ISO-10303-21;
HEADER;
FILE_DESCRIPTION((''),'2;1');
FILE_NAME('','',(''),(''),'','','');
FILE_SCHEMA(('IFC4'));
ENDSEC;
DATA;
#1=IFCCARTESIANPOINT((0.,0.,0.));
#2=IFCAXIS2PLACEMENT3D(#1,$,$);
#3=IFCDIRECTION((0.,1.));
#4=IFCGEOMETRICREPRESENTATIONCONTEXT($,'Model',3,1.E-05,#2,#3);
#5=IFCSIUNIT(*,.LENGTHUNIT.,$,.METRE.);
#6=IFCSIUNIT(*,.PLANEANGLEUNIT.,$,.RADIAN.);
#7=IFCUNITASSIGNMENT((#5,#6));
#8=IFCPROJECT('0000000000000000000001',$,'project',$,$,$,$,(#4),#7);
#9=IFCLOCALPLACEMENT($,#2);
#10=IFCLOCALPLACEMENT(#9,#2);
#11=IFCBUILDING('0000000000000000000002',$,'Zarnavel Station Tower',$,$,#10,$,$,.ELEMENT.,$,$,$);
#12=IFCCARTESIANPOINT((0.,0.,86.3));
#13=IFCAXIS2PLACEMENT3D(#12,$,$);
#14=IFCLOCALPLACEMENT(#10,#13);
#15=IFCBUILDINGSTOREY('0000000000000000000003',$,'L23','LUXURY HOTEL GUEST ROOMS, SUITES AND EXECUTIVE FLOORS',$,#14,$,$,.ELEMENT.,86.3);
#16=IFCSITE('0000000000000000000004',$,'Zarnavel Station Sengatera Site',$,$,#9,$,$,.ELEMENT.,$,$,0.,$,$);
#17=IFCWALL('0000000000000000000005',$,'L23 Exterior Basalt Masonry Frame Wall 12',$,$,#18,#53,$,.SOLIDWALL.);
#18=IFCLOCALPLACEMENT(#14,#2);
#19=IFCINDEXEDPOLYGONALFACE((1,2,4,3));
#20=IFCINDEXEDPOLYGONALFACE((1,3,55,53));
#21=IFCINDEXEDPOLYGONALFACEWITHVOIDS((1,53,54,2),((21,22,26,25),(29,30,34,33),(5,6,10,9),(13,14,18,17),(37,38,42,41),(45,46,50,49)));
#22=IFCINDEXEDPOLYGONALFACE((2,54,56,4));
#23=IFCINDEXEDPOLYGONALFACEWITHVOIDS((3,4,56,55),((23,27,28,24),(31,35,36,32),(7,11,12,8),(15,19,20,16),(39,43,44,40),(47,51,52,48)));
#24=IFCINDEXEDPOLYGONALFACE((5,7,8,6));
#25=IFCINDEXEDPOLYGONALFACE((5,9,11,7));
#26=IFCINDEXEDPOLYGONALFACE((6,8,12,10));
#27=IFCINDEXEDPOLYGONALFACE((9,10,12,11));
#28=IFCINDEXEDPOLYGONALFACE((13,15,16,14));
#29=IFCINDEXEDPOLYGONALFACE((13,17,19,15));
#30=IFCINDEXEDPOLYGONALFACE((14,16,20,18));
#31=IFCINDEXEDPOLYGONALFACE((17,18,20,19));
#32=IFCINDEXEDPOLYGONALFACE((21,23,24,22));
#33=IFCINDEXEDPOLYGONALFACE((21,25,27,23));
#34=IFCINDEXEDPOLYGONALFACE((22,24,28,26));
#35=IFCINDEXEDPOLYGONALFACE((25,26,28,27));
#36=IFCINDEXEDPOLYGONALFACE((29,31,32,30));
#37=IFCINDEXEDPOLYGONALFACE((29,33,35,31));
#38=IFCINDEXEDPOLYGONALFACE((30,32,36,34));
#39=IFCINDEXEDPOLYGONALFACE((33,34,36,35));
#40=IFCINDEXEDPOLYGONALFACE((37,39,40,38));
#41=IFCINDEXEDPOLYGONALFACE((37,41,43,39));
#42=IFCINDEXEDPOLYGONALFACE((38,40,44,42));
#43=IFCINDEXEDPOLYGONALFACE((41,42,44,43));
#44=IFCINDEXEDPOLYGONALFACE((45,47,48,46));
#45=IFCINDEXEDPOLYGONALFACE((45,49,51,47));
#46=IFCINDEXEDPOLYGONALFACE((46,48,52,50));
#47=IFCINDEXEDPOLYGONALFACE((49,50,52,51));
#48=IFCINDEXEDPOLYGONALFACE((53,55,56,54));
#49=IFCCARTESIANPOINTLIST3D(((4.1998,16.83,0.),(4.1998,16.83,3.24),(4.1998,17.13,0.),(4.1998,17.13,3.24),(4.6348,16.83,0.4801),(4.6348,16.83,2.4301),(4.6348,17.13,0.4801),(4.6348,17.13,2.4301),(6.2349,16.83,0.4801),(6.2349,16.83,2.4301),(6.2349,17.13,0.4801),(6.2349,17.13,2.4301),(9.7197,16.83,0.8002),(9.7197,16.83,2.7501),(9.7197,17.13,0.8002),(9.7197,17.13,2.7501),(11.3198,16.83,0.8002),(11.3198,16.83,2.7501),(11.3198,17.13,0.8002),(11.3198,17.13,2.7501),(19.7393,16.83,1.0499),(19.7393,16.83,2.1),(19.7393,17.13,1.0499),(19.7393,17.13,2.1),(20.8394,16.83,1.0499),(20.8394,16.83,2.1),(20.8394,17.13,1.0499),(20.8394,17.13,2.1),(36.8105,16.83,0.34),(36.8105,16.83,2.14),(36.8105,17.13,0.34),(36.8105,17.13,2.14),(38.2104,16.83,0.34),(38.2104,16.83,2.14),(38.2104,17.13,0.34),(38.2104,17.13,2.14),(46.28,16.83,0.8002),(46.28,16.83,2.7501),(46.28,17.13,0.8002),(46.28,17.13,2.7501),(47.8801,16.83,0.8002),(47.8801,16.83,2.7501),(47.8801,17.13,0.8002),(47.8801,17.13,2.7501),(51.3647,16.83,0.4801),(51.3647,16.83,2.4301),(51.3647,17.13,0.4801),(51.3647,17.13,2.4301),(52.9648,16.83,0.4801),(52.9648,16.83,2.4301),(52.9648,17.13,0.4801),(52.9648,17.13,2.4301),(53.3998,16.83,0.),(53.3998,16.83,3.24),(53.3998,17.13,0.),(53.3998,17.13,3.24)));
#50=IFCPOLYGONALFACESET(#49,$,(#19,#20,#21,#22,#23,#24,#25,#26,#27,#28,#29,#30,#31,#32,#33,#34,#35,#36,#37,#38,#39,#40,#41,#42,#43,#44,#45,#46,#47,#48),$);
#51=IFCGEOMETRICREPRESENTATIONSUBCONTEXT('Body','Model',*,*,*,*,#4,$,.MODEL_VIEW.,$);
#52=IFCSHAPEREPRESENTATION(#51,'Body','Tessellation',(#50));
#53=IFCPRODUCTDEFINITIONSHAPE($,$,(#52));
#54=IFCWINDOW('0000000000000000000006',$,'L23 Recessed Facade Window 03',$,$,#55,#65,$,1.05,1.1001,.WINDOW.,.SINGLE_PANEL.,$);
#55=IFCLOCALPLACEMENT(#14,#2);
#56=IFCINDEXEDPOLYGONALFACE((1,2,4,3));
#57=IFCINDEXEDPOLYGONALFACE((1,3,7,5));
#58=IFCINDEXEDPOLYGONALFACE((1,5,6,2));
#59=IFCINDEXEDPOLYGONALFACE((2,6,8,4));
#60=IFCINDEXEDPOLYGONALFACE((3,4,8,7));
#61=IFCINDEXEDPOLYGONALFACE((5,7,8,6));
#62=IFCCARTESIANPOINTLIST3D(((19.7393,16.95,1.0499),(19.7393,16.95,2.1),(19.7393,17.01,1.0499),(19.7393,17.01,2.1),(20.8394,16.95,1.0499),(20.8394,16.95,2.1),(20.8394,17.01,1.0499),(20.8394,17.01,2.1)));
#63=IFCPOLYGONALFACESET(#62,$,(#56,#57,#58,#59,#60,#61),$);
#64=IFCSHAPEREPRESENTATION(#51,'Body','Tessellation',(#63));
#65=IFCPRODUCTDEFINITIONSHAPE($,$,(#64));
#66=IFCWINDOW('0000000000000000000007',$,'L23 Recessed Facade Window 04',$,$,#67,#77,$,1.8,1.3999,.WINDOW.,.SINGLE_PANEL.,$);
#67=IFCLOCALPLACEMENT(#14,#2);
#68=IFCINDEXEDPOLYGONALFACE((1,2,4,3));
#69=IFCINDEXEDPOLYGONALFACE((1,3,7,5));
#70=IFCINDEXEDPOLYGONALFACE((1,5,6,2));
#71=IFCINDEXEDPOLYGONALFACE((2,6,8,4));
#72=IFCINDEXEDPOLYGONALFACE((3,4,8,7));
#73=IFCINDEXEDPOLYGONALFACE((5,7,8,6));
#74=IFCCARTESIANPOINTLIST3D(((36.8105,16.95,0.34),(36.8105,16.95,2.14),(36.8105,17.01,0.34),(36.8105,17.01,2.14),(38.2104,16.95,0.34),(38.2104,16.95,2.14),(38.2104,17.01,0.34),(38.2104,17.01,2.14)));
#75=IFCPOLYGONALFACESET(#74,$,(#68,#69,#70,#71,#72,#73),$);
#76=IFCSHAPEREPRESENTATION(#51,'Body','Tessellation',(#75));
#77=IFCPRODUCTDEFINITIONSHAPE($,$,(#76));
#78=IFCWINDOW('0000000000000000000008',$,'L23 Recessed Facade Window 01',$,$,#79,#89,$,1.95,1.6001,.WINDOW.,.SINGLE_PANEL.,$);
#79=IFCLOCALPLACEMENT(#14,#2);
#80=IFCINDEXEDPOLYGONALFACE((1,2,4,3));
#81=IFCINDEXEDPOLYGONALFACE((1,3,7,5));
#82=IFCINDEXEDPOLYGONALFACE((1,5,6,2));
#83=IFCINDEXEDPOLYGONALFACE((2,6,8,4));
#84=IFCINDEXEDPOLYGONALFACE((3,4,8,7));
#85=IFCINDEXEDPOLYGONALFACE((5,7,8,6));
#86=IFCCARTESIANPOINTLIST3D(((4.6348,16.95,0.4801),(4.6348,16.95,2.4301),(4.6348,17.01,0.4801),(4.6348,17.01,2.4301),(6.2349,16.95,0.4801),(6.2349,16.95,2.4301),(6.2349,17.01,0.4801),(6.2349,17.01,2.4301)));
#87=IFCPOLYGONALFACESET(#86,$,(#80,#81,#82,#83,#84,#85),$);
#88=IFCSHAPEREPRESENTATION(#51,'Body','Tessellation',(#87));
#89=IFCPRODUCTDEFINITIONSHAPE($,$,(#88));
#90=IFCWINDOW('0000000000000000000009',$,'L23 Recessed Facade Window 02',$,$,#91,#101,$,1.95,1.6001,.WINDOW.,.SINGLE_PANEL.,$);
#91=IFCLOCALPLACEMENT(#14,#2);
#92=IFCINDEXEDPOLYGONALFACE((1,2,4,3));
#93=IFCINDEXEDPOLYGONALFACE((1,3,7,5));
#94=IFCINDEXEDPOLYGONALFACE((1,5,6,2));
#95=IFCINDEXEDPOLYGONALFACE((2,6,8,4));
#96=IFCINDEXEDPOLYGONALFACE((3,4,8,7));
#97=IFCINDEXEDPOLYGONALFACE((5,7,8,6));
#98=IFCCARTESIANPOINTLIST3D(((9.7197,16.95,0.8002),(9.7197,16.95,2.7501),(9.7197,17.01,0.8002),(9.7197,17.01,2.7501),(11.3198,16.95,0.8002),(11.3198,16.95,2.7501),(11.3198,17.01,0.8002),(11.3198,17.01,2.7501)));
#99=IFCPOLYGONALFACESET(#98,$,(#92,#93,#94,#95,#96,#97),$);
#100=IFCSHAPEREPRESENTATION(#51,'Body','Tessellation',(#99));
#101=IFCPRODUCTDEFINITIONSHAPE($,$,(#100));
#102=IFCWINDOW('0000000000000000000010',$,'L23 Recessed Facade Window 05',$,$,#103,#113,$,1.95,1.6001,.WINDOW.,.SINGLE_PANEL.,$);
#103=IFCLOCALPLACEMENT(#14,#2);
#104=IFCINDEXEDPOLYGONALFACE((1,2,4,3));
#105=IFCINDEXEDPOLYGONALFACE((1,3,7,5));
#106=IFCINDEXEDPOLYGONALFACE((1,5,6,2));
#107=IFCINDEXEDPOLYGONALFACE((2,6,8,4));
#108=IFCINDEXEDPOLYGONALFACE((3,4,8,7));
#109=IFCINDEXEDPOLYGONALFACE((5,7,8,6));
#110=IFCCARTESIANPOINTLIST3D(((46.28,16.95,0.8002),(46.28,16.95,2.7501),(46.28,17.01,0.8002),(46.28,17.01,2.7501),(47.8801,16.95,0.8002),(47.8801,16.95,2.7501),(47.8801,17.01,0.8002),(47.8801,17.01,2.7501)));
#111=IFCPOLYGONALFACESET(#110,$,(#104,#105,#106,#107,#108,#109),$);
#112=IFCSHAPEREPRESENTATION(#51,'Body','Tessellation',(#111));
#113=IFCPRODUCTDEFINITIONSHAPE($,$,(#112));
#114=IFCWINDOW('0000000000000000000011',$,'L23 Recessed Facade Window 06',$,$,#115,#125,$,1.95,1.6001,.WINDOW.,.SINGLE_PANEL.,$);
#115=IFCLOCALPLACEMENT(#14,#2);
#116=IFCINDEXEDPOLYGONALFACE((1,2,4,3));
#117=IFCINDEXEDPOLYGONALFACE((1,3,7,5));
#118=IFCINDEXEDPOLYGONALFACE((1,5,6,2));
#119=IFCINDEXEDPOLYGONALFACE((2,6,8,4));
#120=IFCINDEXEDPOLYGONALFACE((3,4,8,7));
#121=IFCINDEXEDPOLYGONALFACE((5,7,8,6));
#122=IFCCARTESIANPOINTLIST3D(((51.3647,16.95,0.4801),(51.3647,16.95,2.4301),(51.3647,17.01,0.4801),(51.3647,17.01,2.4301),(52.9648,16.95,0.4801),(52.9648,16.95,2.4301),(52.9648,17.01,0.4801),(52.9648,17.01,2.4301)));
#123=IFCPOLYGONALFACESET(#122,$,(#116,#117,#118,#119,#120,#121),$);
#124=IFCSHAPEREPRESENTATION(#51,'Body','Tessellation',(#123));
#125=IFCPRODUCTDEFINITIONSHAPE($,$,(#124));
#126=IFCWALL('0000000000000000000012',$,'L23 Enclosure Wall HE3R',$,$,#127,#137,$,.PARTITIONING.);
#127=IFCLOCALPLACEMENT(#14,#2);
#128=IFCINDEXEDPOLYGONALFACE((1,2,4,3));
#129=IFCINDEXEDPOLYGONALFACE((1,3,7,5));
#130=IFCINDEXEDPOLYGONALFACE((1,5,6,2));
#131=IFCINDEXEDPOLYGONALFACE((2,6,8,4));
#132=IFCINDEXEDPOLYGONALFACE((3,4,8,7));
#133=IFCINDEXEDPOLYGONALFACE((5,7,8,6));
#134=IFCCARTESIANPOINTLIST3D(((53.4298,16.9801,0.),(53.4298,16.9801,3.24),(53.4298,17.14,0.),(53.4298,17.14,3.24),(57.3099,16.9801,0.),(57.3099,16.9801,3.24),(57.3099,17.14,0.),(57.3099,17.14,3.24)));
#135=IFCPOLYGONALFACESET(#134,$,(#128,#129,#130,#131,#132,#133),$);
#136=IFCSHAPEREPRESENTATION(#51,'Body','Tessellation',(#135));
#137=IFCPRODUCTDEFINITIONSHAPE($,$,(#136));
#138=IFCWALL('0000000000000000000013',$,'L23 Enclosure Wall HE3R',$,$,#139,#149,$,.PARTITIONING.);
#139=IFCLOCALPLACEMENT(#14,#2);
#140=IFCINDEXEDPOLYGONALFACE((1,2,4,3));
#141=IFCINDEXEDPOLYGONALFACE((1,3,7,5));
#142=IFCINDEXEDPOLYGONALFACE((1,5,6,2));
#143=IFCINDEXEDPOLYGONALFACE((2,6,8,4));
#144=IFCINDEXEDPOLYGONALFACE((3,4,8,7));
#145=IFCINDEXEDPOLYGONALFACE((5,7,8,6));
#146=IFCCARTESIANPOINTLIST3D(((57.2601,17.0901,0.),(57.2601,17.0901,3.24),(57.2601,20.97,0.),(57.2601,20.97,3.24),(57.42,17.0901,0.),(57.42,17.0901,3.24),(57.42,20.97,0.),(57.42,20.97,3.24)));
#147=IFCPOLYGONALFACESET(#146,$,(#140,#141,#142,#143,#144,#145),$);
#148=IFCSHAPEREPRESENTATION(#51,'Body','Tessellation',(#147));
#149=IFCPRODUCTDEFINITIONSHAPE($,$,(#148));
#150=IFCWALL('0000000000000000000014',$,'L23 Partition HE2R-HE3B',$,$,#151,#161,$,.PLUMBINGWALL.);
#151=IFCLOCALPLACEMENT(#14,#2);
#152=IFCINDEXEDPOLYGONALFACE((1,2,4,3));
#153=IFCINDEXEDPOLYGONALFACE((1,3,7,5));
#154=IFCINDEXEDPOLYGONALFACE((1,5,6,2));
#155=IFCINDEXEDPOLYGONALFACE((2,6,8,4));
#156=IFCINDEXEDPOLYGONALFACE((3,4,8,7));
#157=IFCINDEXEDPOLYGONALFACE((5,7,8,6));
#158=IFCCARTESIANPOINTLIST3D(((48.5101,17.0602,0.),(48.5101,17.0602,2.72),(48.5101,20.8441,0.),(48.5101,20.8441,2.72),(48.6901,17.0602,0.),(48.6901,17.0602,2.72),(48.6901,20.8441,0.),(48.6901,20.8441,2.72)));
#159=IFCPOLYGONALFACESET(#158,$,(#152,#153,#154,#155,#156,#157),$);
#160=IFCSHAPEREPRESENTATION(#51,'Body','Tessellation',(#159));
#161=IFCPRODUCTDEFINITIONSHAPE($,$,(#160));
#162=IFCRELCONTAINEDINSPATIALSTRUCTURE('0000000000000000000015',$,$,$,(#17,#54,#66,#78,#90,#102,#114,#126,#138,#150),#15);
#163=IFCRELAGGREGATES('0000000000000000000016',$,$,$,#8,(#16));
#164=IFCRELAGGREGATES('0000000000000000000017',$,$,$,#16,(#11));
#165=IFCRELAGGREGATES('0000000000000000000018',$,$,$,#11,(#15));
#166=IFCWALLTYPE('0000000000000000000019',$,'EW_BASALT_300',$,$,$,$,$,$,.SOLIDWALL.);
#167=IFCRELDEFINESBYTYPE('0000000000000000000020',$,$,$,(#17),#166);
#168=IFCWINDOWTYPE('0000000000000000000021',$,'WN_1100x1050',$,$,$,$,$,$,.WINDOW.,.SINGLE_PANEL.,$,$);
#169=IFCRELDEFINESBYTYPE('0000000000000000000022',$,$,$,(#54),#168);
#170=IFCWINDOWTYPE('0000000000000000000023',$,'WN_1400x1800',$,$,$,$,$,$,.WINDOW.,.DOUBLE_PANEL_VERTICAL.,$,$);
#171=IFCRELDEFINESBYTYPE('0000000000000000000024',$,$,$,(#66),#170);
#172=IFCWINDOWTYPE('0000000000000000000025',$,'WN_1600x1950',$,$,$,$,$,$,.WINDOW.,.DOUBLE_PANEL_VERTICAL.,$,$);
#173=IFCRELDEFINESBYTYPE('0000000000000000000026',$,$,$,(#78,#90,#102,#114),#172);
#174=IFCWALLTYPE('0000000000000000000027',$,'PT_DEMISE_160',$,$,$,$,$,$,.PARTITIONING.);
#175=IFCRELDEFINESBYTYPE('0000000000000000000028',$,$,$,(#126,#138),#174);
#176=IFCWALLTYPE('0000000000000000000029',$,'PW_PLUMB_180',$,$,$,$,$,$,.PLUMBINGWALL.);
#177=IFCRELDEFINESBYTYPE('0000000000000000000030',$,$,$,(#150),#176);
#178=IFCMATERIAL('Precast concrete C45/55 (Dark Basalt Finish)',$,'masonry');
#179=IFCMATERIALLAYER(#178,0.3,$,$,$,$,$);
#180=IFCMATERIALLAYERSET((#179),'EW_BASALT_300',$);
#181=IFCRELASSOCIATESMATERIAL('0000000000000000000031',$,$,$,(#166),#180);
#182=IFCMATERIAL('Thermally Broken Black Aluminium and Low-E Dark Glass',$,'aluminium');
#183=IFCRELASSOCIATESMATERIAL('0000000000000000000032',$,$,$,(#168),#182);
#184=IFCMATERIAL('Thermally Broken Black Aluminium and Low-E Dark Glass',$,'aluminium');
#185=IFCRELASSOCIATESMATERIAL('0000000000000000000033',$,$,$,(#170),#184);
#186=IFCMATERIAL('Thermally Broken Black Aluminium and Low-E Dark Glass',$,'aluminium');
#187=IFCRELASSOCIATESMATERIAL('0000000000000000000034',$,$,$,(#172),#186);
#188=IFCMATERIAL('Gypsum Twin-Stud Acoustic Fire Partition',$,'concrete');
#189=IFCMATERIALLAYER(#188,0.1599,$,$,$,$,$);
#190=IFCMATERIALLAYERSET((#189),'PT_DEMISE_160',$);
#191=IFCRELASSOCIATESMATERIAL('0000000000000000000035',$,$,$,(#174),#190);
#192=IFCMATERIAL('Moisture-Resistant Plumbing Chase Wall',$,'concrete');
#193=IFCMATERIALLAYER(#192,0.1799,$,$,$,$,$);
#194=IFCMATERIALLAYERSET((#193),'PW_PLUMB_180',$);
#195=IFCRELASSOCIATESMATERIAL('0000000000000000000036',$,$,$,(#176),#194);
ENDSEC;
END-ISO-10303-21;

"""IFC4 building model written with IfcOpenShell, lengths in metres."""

from ifc_helpers import new_model, si_unit, direction, frame, frame_2d, origin, place, context, subcontext, project, spatial, rectangle, extrude, material, layer, layer_set, type_object, element, fill, save


model = new_model("IFC4")

# Units and contexts
model_context = context("Model", 3, precision=1e-05, world=origin(), true_north=direction((0.0, 1.0)))
body_context = subcontext(model_context, "Body", "Model", "MODEL_VIEW")
ifc_project = project(units=[si_unit("LENGTHUNIT", "METRE"), si_unit("PLANEANGLEUNIT", "RADIAN")], contexts=[model_context])

# Site, building, storey
site_placement = place(None, origin())
site = spatial("IfcSite", under=ifc_project, at=site_placement, Name="Zarnavel Station Sengatera Site", CompositionType="ELEMENT", RefElevation=0.0)
building_placement = place(site_placement, origin())
building = spatial("IfcBuilding", under=site, at=building_placement, Name="Zarnavel Station Tower", CompositionType="ELEMENT")
storey_placement = place(building_placement, frame((0.0, 0.0, 86.3)))
storey = spatial("IfcBuildingStorey", under=building, at=storey_placement, Name="L23", Description="LUXURY HOTEL GUEST ROOMS, SUITES AND EXECUTIVE FLOORS", CompositionType="ELEMENT", Elevation=86.3)

# Shared definitions
ifc_material_1 = material(Name="Precast concrete C45/55 (Dark Basalt Finish)", Category="masonry")
ifc_layer_1 = layer(ifc_material_1, 0.3)
ifc_layer_set_1 = layer_set([ifc_layer_1], Name="EW_BASALT_300")
wall_type_1 = type_object("IfcWallType", Name="EW_BASALT_300", PredefinedType="SOLIDWALL", material=ifc_layer_set_1)

# Wall, openings, windows
wall_1_placement = place(storey_placement, frame((53.3999, 16.98, 0.0), z_axis=(0.0, 0.0, 1.0), x_axis=(-1.0, 0.0, 0.0)))
wall_1 = element("IfcWall", 1, at=wall_1_placement, inside=storey, type_object=wall_type_1, Name="L23 Exterior Basalt Masonry Frame Wall 12", PredefinedType="SOLIDWALL", context=body_context, shape_type="SweptSolid", body=[
    extrude(rectangle(XDim=49.2, YDim=0.3, at=frame_2d((24.6001, 0.0))), origin(), (0.0, 0.0, 1.0), 3.24),
])
opening_1_placement = place(wall_1_placement, frame((47.165, 0.0, 0.48)))
opening_1 = element("IfcOpeningElement", 2, at=opening_1_placement, cuts=wall_1, PredefinedType="OPENING", context=body_context, shape_type="SweptSolid", body=[
    extrude(rectangle(XDim=1.6001, YDim=1.95, at=frame_2d((0.8, 0.9751))), frame((0.0, 0.1599, 0.0), z_axis=(0.0, -1.0, 0.0), x_axis=(1.0, 0.0, 0.0)), (0.0, 0.0, 1.0), 0.3201),
])
opening_2_placement = place(wall_1_placement, frame((42.0801, 0.0, 0.8)))
opening_2 = element("IfcOpeningElement", 3, at=opening_2_placement, cuts=wall_1, PredefinedType="OPENING", context=body_context, shape_type="SweptSolid", body=[
    extrude(rectangle(XDim=1.6001, YDim=1.95, at=frame_2d((0.8, 0.9751))), frame((0.0, 0.1599, 0.0), z_axis=(0.0, -1.0, 0.0), x_axis=(1.0, 0.0, 0.0)), (0.0, 0.0, 1.0), 0.3201),
])
opening_3_placement = place(wall_1_placement, frame((32.5605, 0.0, 1.05)))
opening_3 = element("IfcOpeningElement", 4, at=opening_3_placement, cuts=wall_1, PredefinedType="OPENING", context=body_context, shape_type="SweptSolid", body=[
    extrude(rectangle(XDim=1.1001, YDim=1.05, at=frame_2d((0.55, 0.5249))), frame((0.0, 0.1599, 0.0), z_axis=(0.0, -1.0, 0.0), x_axis=(1.0, 0.0, 0.0)), (0.0, 0.0, 1.0), 0.3201),
])
opening_4_placement = place(wall_1_placement, frame((15.1895, 0.0, 0.3401)))
opening_4 = element("IfcOpeningElement", 5, at=opening_4_placement, cuts=wall_1, PredefinedType="OPENING", context=body_context, shape_type="SweptSolid", body=[
    extrude(rectangle(XDim=1.3999, YDim=1.8, at=frame_2d((0.7, 0.8999))), frame((0.0, 0.1599, 0.0), z_axis=(0.0, -1.0, 0.0), x_axis=(1.0, 0.0, 0.0)), (0.0, 0.0, 1.0), 0.3201),
])
opening_5_placement = place(wall_1_placement, frame((5.5198, 0.0, 0.8)))
opening_5 = element("IfcOpeningElement", 6, at=opening_5_placement, cuts=wall_1, PredefinedType="OPENING", context=body_context, shape_type="SweptSolid", body=[
    extrude(rectangle(XDim=1.6001, YDim=1.95, at=frame_2d((0.8, 0.9751))), frame((0.0, 0.1599, 0.0), z_axis=(0.0, -1.0, 0.0), x_axis=(1.0, 0.0, 0.0)), (0.0, 0.0, 1.0), 0.3201),
])
opening_6_placement = place(wall_1_placement, frame((0.4351, 0.0, 0.48)))
opening_6 = element("IfcOpeningElement", 7, at=opening_6_placement, cuts=wall_1, PredefinedType="OPENING", context=body_context, shape_type="SweptSolid", body=[
    extrude(rectangle(XDim=1.6001, YDim=1.95, at=frame_2d((0.8, 0.9751))), frame((0.0, 0.1599, 0.0), z_axis=(0.0, -1.0, 0.0), x_axis=(1.0, 0.0, 0.0)), (0.0, 0.0, 1.0), 0.3201),
])
ifc_material_2 = material(Name="Thermally Broken Black Aluminium and Low-E Dark Glass", Category="aluminium")
window_type_1 = type_object("IfcWindowType", Name="WN_1100x1050", PartitioningType="SINGLE_PANEL", PredefinedType="WINDOW", material=ifc_material_2)
window_1_placement = place(opening_3_placement, origin())
window_1 = element("IfcWindow", 8, at=window_1_placement, inside=storey, type_object=window_type_1, Name="L23 Recessed Facade Window 03", OverallHeight=1.05, OverallWidth=1.1001, PartitioningType="SINGLE_PANEL", PredefinedType="WINDOW", context=body_context, shape_type="SweptSolid", body=[
    extrude(rectangle(XDim=1.1001, YDim=1.05, at=frame_2d((0.55, 0.5249))), frame((0.0, 0.03, 0.0), z_axis=(0.0, -1.0, 0.0), x_axis=(1.0, 0.0, 0.0)), (0.0, 0.0, 1.0), 0.0601),
])
fill(opening_3, window_1)
ifc_material_3 = material(Name="Thermally Broken Black Aluminium and Low-E Dark Glass", Category="aluminium")
window_type_2 = type_object("IfcWindowType", Name="WN_1400x1800", PartitioningType="DOUBLE_PANEL_VERTICAL", PredefinedType="WINDOW", material=ifc_material_3)
window_2_placement = place(opening_4_placement, origin())
window_2 = element("IfcWindow", 9, at=window_2_placement, inside=storey, type_object=window_type_2, Name="L23 Recessed Facade Window 04", OverallHeight=1.8, OverallWidth=1.3999, PartitioningType="SINGLE_PANEL", PredefinedType="WINDOW", context=body_context, shape_type="SweptSolid", body=[
    extrude(rectangle(XDim=1.3999, YDim=1.8, at=frame_2d((0.7, 0.8999))), frame((0.0, 0.03, 0.0), z_axis=(0.0, -1.0, 0.0), x_axis=(1.0, 0.0, 0.0)), (0.0, 0.0, 1.0), 0.0601),
])
fill(opening_4, window_2)
ifc_material_4 = material(Name="Thermally Broken Black Aluminium and Low-E Dark Glass", Category="aluminium")
window_type_3 = type_object("IfcWindowType", Name="WN_1600x1950", PartitioningType="DOUBLE_PANEL_VERTICAL", PredefinedType="WINDOW", material=ifc_material_4)
window_3_placement = place(opening_1_placement, origin())
window_3 = element("IfcWindow", 10, at=window_3_placement, inside=storey, type_object=window_type_3, Name="L23 Recessed Facade Window 01", OverallHeight=1.95, OverallWidth=1.6001, PartitioningType="SINGLE_PANEL", PredefinedType="WINDOW", context=body_context, shape_type="SweptSolid", body=[
    extrude(rectangle(XDim=1.6001, YDim=1.95, at=frame_2d((0.8, 0.9751))), frame((0.0, 0.03, 0.0), z_axis=(0.0, -1.0, 0.0), x_axis=(1.0, 0.0, 0.0)), (0.0, 0.0, 1.0), 0.0601),
])
fill(opening_1, window_3)
window_4_placement = place(opening_2_placement, origin())
window_4 = element("IfcWindow", 11, at=window_4_placement, inside=storey, type_object=window_type_3, Name="L23 Recessed Facade Window 02", OverallHeight=1.95, OverallWidth=1.6001, PartitioningType="SINGLE_PANEL", PredefinedType="WINDOW", context=body_context, shape_type="SweptSolid", body=[
    extrude(rectangle(XDim=1.6001, YDim=1.95, at=frame_2d((0.8, 0.9751))), frame((0.0, 0.03, 0.0), z_axis=(0.0, -1.0, 0.0), x_axis=(1.0, 0.0, 0.0)), (0.0, 0.0, 1.0), 0.0601),
])
fill(opening_2, window_4)
window_5_placement = place(opening_5_placement, origin())
window_5 = element("IfcWindow", 12, at=window_5_placement, inside=storey, type_object=window_type_3, Name="L23 Recessed Facade Window 05", OverallHeight=1.95, OverallWidth=1.6001, PartitioningType="SINGLE_PANEL", PredefinedType="WINDOW", context=body_context, shape_type="SweptSolid", body=[
    extrude(rectangle(XDim=1.6001, YDim=1.95, at=frame_2d((0.8, 0.9751))), frame((0.0, 0.03, 0.0), z_axis=(0.0, -1.0, 0.0), x_axis=(1.0, 0.0, 0.0)), (0.0, 0.0, 1.0), 0.0601),
])
fill(opening_5, window_5)
window_6_placement = place(opening_6_placement, origin())
window_6 = element("IfcWindow", 13, at=window_6_placement, inside=storey, type_object=window_type_3, Name="L23 Recessed Facade Window 06", OverallHeight=1.95, OverallWidth=1.6001, PartitioningType="SINGLE_PANEL", PredefinedType="WINDOW", context=body_context, shape_type="SweptSolid", body=[
    extrude(rectangle(XDim=1.6001, YDim=1.95, at=frame_2d((0.8, 0.9751))), frame((0.0, 0.03, 0.0), z_axis=(0.0, -1.0, 0.0), x_axis=(1.0, 0.0, 0.0)), (0.0, 0.0, 1.0), 0.0601),
])
fill(opening_6, window_6)

# Walls
ifc_material_5 = material(Name="Gypsum Twin-Stud Acoustic Fire Partition", Category="concrete")
ifc_layer_2 = layer(ifc_material_5, 0.1599)
ifc_layer_set_2 = layer_set([ifc_layer_2], Name="PT_DEMISE_160")
wall_type_2 = type_object("IfcWallType", Name="PT_DEMISE_160", PredefinedType="PARTITIONING", material=ifc_layer_set_2)
wall_2_placement = place(storey_placement, frame((53.4299, 17.0601, 0.0), z_axis=(0.0, 0.0, 1.0), x_axis=(1.0, 0.0, 0.0)))
element("IfcWall", 14, at=wall_2_placement, inside=storey, type_object=wall_type_2, Name="L23 Enclosure Wall HE3R", PredefinedType="PARTITIONING", context=body_context, shape_type="SweptSolid", body=[
    extrude(rectangle(XDim=3.8801, YDim=0.1599, at=frame_2d((1.9399, 0.0))), origin(), (0.0, 0.0, 1.0), 3.24),
])
wall_3_placement = place(storey_placement, frame((57.3401, 17.0901, 0.0), z_axis=(0.0, 0.0, 1.0), x_axis=(0.0, 1.0, 0.0)))
element("IfcWall", 15, at=wall_3_placement, inside=storey, type_object=wall_type_2, Name="L23 Enclosure Wall HE3R", PredefinedType="PARTITIONING", context=body_context, shape_type="SweptSolid", body=[
    extrude(rectangle(XDim=3.8799, YDim=0.1599, at=frame_2d((1.9399, 0.0))), origin(), (0.0, 0.0, 1.0), 3.24),
])
ifc_material_6 = material(Name="Moisture-Resistant Plumbing Chase Wall", Category="concrete")
ifc_layer_3 = layer(ifc_material_6, 0.1799)
ifc_layer_set_3 = layer_set([ifc_layer_3], Name="PW_PLUMB_180")
wall_type_3 = type_object("IfcWallType", Name="PW_PLUMB_180", PredefinedType="PLUMBINGWALL", material=ifc_layer_set_3)
wall_4_placement = place(storey_placement, frame((48.6001, 17.0601, 0.0), z_axis=(0.0, 0.0, 1.0), x_axis=(0.0, 1.0, 0.0)))
element("IfcWall", 16, at=wall_4_placement, inside=storey, type_object=wall_type_3, Name="L23 Partition HE2R-HE3B", PredefinedType="PLUMBINGWALL", context=body_context, shape_type="SweptSolid", body=[
    extrude(rectangle(XDim=3.7839, YDim=0.1799, at=frame_2d((1.8921, 0.0))), origin(), (0.0, 0.0, 1.0), 2.72),
])

save(model, "model.ifc")
